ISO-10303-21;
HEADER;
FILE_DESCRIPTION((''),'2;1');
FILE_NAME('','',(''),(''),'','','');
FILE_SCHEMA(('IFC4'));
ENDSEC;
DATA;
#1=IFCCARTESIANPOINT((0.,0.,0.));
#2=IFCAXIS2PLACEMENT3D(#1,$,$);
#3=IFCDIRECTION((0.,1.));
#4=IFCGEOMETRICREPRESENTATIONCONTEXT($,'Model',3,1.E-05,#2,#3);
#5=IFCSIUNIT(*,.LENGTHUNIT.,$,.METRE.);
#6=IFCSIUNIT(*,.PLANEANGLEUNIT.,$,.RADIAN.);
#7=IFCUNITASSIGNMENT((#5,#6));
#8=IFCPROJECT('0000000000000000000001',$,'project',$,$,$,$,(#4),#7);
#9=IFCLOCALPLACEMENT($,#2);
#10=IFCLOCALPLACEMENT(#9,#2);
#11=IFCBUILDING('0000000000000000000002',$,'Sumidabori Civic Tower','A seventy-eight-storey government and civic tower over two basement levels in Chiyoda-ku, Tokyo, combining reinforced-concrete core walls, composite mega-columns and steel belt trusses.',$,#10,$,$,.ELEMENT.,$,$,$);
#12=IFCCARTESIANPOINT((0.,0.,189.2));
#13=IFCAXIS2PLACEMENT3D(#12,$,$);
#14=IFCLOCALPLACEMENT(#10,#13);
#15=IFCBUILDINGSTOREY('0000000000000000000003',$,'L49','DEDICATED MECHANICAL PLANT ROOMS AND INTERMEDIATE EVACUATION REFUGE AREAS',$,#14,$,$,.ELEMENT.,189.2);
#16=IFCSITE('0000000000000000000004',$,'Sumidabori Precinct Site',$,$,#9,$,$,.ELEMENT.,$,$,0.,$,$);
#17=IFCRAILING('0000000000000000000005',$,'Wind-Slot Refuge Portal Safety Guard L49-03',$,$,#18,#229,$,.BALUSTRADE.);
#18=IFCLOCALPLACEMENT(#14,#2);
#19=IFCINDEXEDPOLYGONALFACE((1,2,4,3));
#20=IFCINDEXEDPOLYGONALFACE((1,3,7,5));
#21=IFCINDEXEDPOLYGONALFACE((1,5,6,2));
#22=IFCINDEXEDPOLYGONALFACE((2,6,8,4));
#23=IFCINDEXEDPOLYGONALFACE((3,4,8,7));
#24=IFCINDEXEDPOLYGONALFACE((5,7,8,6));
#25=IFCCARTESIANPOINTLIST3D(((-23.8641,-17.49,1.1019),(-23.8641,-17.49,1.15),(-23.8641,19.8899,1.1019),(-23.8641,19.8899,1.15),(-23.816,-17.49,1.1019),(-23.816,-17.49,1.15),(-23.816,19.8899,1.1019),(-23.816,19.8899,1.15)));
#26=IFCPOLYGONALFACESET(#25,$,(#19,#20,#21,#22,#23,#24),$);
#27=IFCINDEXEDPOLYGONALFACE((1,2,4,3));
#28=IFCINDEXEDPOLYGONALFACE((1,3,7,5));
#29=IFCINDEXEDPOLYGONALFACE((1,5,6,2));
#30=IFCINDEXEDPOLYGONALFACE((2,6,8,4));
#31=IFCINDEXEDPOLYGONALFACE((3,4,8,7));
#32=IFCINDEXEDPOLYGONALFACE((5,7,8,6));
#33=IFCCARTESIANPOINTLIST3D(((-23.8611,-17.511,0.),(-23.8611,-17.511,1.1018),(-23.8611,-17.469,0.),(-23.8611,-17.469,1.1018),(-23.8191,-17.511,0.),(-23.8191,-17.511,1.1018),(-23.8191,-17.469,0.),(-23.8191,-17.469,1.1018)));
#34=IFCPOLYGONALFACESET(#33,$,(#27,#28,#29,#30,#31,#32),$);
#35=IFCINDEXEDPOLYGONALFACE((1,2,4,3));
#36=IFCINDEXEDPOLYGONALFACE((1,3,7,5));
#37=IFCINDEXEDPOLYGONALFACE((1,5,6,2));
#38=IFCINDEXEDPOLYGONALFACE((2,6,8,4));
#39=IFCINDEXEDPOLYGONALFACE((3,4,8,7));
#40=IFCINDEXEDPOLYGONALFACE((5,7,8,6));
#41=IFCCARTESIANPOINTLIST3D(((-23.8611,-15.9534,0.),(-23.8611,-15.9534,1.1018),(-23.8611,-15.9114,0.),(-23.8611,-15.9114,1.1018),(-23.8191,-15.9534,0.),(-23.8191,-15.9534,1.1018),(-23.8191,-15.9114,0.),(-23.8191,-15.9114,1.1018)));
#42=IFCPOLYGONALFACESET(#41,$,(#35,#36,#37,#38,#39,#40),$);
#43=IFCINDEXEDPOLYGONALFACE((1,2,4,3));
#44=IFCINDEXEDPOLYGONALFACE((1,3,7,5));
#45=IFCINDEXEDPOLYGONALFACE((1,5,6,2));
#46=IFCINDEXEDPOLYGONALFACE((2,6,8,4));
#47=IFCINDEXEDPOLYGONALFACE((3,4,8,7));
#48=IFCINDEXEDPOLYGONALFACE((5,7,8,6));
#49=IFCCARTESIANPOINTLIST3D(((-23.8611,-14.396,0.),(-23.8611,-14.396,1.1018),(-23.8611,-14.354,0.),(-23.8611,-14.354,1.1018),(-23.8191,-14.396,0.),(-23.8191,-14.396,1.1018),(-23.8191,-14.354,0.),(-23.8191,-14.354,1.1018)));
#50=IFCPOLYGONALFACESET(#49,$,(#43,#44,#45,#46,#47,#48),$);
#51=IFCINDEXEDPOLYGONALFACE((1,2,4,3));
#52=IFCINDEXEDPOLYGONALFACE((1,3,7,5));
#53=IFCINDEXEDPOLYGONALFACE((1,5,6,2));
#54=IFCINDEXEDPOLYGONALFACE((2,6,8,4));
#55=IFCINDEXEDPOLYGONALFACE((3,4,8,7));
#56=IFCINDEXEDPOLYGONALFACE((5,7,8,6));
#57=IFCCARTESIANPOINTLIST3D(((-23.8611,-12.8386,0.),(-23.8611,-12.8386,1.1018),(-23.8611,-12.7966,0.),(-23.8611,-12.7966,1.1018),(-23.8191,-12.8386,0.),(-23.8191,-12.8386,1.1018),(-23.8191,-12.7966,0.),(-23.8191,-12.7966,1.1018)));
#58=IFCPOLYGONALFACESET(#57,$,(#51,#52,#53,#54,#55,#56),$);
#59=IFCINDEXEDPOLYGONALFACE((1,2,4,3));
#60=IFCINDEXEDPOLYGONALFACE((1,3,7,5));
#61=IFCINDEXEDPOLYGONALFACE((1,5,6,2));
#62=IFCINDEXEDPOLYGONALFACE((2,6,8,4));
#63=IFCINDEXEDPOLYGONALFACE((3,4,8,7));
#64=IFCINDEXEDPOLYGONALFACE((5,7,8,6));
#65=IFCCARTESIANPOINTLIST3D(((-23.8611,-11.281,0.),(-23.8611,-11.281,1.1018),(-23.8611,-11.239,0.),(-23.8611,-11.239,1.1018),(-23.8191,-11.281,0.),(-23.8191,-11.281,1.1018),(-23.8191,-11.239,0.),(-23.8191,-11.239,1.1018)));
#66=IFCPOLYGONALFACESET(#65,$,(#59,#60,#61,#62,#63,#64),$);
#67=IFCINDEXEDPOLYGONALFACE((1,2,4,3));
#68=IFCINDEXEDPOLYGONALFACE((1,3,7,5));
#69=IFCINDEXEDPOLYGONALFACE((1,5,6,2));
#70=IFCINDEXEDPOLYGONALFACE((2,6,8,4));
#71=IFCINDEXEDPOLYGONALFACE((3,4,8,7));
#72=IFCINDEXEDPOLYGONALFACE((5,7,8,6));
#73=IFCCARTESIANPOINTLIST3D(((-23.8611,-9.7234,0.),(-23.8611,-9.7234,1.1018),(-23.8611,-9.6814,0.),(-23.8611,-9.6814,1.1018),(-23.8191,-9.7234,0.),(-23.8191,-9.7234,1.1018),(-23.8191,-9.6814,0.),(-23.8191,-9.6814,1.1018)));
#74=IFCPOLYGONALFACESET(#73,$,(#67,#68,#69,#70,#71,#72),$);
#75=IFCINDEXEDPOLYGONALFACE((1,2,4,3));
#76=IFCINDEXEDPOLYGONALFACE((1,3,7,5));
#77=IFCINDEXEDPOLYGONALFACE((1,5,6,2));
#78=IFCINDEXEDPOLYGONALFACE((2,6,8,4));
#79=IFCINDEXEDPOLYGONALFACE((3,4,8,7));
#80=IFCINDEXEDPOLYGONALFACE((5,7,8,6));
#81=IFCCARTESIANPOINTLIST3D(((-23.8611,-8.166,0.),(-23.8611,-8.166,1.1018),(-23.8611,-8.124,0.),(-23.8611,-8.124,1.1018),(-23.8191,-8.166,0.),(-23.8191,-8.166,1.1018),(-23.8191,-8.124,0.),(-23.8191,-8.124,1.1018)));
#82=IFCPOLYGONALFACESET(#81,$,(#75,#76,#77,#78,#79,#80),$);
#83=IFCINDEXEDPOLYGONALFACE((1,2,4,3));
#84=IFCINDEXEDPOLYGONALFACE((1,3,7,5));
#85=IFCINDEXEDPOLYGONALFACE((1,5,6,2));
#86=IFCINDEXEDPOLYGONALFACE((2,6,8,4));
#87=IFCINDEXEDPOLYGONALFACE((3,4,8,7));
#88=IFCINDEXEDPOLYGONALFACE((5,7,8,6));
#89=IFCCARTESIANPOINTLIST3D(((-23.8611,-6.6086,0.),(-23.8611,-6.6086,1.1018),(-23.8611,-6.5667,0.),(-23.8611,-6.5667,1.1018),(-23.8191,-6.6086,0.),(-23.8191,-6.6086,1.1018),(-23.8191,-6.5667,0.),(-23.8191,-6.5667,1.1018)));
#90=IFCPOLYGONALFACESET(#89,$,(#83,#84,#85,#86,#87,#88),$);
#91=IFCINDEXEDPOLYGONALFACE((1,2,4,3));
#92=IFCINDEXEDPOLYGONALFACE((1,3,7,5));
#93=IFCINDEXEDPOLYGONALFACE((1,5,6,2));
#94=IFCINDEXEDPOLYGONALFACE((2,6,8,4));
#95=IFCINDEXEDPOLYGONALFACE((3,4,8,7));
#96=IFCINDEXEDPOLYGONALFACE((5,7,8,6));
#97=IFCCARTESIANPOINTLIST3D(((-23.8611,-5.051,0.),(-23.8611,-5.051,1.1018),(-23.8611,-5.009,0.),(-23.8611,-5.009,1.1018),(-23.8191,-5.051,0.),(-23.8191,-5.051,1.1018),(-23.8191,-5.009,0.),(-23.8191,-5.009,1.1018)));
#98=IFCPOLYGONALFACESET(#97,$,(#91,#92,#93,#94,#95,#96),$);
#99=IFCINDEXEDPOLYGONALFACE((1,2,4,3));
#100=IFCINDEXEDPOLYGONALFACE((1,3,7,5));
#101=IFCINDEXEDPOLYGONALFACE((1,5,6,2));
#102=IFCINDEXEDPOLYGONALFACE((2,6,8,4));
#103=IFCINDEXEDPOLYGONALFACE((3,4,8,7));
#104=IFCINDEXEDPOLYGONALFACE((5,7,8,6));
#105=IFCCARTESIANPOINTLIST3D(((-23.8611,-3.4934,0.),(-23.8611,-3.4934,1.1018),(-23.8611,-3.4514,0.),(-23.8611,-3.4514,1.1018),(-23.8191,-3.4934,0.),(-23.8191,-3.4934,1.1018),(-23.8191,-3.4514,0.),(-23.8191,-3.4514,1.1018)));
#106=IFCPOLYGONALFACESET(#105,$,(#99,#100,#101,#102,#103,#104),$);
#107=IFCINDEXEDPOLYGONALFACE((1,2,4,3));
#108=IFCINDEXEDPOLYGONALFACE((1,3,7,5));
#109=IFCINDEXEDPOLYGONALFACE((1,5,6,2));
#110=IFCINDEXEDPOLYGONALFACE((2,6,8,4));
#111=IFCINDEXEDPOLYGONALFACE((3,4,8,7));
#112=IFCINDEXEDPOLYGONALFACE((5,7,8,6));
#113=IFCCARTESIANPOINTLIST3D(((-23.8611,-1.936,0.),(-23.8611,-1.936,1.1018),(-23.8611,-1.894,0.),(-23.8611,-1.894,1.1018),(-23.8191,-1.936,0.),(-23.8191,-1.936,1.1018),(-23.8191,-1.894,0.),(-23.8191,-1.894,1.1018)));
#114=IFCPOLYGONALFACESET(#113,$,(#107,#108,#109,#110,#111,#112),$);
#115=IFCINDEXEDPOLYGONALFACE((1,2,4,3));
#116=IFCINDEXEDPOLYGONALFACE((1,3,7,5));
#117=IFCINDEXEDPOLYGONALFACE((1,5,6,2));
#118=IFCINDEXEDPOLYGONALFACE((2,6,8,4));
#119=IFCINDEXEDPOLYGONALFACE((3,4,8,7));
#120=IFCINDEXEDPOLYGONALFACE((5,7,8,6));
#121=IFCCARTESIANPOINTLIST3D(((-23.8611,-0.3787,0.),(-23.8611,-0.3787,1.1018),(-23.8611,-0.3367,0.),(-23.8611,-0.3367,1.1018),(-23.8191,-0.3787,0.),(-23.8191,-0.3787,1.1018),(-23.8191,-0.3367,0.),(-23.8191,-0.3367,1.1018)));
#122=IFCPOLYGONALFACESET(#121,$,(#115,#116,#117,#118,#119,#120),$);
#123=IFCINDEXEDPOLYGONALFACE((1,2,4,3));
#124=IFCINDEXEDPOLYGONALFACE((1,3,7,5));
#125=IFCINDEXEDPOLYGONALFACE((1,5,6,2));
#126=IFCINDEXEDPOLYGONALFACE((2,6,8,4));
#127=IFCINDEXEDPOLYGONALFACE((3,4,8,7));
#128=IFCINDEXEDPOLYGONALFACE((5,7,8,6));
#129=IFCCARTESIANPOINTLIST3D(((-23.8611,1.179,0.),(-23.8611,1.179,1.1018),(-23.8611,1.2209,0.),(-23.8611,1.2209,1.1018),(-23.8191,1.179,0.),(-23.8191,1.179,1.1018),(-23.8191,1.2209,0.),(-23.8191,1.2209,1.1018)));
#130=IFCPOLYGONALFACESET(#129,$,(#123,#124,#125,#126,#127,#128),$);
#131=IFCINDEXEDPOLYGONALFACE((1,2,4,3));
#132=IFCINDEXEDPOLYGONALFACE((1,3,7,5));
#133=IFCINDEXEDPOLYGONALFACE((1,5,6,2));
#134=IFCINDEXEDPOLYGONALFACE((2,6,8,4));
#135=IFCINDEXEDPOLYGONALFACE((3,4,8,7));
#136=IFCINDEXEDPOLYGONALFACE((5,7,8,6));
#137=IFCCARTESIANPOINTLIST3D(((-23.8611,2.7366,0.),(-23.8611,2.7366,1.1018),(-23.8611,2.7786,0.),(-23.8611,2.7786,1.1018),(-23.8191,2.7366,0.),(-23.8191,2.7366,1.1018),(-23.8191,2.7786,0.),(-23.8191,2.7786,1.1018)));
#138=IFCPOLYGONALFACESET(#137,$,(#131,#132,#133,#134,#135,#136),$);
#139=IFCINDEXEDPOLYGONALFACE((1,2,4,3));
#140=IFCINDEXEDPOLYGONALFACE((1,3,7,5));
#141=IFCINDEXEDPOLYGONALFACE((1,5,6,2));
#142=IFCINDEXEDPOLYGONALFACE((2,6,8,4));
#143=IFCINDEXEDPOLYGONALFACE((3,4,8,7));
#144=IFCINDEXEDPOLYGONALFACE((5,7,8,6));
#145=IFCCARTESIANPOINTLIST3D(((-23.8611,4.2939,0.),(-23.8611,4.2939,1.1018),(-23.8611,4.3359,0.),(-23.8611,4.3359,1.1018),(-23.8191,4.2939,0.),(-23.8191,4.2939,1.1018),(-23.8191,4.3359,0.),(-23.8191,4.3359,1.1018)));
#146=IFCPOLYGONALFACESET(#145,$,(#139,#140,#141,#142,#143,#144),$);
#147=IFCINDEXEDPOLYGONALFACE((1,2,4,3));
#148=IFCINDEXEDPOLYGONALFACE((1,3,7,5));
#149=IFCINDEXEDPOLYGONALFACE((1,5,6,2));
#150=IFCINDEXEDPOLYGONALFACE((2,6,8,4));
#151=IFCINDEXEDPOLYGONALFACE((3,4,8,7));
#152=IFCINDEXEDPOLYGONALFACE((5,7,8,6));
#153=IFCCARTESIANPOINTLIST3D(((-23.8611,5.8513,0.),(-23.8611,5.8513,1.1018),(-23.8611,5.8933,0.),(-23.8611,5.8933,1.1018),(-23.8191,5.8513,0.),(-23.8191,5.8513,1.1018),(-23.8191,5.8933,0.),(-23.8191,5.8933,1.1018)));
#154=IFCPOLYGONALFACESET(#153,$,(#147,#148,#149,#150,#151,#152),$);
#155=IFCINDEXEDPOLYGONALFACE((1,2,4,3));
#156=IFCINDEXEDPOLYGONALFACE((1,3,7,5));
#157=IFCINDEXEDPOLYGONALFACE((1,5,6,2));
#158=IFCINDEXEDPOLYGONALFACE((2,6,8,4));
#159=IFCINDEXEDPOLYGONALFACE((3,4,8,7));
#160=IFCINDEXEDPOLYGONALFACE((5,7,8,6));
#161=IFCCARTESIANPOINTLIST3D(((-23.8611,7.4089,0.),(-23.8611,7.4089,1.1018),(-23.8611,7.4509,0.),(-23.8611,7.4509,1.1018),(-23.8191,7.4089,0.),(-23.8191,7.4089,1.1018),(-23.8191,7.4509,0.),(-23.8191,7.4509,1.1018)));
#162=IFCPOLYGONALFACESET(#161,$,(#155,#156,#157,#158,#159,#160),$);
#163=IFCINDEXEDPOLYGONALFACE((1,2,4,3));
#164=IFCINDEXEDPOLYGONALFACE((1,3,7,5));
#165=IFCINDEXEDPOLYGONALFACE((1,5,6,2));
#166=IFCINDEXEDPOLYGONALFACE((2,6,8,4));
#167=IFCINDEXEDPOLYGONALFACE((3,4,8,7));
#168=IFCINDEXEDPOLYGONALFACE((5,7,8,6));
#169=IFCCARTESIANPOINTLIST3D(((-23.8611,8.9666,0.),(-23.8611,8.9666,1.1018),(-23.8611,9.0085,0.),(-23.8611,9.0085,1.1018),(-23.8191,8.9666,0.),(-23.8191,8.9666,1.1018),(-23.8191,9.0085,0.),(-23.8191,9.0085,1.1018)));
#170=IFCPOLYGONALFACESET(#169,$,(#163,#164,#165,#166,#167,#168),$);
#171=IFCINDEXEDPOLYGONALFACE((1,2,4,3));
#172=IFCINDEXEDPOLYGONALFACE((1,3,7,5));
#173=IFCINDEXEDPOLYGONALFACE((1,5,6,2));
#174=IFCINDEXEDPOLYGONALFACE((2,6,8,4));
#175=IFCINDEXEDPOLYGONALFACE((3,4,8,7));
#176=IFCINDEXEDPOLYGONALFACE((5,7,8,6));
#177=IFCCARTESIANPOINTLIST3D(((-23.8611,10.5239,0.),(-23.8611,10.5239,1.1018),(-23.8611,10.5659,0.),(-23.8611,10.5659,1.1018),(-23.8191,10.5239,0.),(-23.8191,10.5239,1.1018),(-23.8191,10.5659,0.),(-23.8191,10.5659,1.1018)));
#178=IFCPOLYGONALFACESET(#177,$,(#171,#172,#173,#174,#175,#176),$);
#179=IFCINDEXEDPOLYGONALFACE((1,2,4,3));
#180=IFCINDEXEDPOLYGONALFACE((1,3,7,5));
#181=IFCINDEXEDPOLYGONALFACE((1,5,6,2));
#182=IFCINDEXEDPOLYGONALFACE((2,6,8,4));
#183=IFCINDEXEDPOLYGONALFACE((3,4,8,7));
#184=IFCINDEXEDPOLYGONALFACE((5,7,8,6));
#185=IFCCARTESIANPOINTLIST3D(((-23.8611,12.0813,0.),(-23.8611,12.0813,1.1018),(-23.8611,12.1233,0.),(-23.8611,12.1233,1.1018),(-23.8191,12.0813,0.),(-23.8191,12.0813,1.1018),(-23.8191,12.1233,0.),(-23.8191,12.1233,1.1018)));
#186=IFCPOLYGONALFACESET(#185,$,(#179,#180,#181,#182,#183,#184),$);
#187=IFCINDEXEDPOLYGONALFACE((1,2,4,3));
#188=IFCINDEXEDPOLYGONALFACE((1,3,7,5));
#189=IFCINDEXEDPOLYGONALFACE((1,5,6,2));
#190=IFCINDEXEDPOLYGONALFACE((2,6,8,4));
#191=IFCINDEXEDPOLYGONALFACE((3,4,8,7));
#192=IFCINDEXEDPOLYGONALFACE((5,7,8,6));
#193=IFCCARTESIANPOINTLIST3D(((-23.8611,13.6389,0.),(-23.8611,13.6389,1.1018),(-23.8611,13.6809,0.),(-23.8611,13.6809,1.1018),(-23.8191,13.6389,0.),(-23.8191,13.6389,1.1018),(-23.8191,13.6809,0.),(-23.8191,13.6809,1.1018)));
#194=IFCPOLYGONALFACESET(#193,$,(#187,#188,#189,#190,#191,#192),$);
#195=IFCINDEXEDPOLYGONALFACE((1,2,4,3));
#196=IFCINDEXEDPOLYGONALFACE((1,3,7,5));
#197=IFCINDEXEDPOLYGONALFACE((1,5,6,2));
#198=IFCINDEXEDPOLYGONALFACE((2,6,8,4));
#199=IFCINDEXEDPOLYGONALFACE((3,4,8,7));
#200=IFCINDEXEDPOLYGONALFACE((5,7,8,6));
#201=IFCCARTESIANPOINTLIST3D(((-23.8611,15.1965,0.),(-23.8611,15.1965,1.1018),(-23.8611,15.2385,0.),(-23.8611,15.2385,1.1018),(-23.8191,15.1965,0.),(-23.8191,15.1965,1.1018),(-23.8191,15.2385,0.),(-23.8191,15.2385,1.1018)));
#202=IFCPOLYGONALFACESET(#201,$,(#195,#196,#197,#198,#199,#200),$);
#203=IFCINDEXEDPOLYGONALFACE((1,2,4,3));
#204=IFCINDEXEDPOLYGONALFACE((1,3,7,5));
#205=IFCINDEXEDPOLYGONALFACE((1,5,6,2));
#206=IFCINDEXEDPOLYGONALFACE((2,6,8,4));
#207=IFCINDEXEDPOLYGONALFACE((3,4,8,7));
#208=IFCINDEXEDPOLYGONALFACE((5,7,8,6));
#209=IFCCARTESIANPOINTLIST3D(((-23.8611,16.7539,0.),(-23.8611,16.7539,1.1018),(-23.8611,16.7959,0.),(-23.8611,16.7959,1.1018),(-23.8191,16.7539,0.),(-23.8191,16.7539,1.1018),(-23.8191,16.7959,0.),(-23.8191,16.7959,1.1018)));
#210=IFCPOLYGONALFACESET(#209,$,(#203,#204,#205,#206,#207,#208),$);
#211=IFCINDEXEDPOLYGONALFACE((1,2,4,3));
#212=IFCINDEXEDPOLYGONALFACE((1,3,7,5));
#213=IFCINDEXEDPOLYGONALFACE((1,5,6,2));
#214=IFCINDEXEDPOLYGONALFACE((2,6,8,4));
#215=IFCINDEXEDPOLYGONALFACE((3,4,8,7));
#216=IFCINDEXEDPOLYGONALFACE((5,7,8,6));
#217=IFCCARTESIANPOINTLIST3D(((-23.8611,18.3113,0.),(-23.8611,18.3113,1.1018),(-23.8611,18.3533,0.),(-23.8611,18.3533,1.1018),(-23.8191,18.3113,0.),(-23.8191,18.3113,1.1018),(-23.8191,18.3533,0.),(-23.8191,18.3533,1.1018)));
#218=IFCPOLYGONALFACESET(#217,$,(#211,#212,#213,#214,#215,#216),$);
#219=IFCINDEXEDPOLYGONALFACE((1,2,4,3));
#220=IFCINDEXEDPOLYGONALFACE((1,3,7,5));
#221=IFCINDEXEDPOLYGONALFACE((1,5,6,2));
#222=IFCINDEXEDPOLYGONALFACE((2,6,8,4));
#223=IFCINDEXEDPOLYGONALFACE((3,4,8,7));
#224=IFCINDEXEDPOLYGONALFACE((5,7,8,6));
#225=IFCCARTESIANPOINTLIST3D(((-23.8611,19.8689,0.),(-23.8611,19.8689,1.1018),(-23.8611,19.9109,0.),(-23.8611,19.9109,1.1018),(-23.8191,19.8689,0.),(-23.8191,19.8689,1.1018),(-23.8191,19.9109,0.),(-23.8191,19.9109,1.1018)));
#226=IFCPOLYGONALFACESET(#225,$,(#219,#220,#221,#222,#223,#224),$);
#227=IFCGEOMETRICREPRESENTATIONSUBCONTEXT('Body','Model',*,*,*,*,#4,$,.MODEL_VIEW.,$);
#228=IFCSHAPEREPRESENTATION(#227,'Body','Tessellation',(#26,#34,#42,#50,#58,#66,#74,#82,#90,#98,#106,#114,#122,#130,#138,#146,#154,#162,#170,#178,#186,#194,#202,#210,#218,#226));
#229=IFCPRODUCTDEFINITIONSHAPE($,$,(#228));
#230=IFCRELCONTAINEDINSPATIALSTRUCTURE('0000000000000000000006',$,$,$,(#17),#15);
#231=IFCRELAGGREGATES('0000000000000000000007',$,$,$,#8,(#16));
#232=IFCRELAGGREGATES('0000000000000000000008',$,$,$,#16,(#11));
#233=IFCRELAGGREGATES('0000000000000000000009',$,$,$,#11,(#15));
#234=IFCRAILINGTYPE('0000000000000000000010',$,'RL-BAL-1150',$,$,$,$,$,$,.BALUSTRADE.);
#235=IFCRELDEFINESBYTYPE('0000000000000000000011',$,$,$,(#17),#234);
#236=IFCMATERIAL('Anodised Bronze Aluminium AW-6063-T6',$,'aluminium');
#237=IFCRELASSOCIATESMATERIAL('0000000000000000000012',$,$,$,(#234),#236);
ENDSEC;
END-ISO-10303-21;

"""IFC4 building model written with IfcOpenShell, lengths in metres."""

from ifc_helpers import new_model, si_unit, direction, frame, origin, origin_2d, place, context, subcontext, project, spatial, rectangle, extrude, material, type_object, element, save


model = new_model("IFC4")

# Units and contexts
model_context = context("Model", 3, precision=1e-05, world=origin(), true_north=direction((0.0, 1.0)))
body_context = subcontext(model_context, "Body", "Model", "MODEL_VIEW")
ifc_project = project(units=[si_unit("LENGTHUNIT", "METRE"), si_unit("PLANEANGLEUNIT", "RADIAN")], contexts=[model_context])

# Site, building, storey
site_placement = place(None, origin())
site = spatial("IfcSite", under=ifc_project, at=site_placement, Name="Sumidabori Precinct Site", CompositionType="ELEMENT", RefElevation=0.0)
building_placement = place(site_placement, origin())
building = spatial("IfcBuilding", under=site, at=building_placement, Name="Sumidabori Civic Tower", Description="A seventy-eight-storey government and civic tower over two basement levels in Chiyoda-ku, Tokyo, combining reinforced-concrete core walls, composite mega-columns and steel belt trusses.", CompositionType="ELEMENT")
storey_placement = place(building_placement, frame((0.0, 0.0, 189.2)))
storey = spatial("IfcBuildingStorey", under=building, at=storey_placement, Name="L49", Description="DEDICATED MECHANICAL PLANT ROOMS AND INTERMEDIATE EVACUATION REFUGE AREAS", CompositionType="ELEMENT", Elevation=189.2)

# Railing
ifc_material_1 = material(Name="Anodised Bronze Aluminium AW-6063-T6", Category="aluminium")
railing_type = type_object("IfcRailingType", Name="RL-BAL-1150", PredefinedType="BALUSTRADE", material=ifc_material_1)
railing_1_placement = place(storey_placement, frame((-23.8401, -17.49, 0.0)))
element("IfcRailing", 1, at=railing_1_placement, inside=storey, type_object=railing_type, Name="Wind-Slot Refuge Portal Safety Guard L49-03", PredefinedType="BALUSTRADE", context=body_context, shape_type="SweptSolid", body=[
    extrude(rectangle(XDim=0.0481, YDim=0.0481, at=origin_2d()), frame((0.0, 0.0, 1.126), z_axis=(0.0, 1.0, 0.0), x_axis=(-1.0, 0.0, 0.0)), (0.0, 0.0, 1.0), 37.3799),
    extrude(rectangle(XDim=0.042, YDim=0.042, at=origin_2d()), origin(), (0.0, 0.0, 1.0), 1.1018),
    extrude(rectangle(XDim=0.042, YDim=0.042, at=origin_2d()), frame((0.0, 1.5576, 0.0)), (0.0, 0.0, 1.0), 1.1018),
    extrude(rectangle(XDim=0.042, YDim=0.042, at=origin_2d()), frame((0.0, 3.115, 0.0)), (0.0, 0.0, 1.0), 1.1018),
    extrude(rectangle(XDim=0.042, YDim=0.042, at=origin_2d()), frame((0.0, 4.6724, 0.0)), (0.0, 0.0, 1.0), 1.1018),
    extrude(rectangle(XDim=0.042, YDim=0.042, at=origin_2d()), frame((0.0, 6.23, 0.0)), (0.0, 0.0, 1.0), 1.1018),
    extrude(rectangle(XDim=0.042, YDim=0.042, at=origin_2d()), frame((0.0, 7.7876, 0.0)), (0.0, 0.0, 1.0), 1.1018),
    extrude(rectangle(XDim=0.042, YDim=0.042, at=origin_2d()), frame((0.0, 9.345, 0.0)), (0.0, 0.0, 1.0), 1.1018),
    extrude(rectangle(XDim=0.042, YDim=0.042, at=origin_2d()), frame((0.0, 10.9023, 0.0)), (0.0, 0.0, 1.0), 1.1018),
    extrude(rectangle(XDim=0.042, YDim=0.042, at=origin_2d()), frame((0.0, 12.46, 0.0)), (0.0, 0.0, 1.0), 1.1018),
    extrude(rectangle(XDim=0.042, YDim=0.042, at=origin_2d()), frame((0.0, 14.0176, 0.0)), (0.0, 0.0, 1.0), 1.1018),
    extrude(rectangle(XDim=0.042, YDim=0.042, at=origin_2d()), frame((0.0, 15.575, 0.0)), (0.0, 0.0, 1.0), 1.1018),
    extrude(rectangle(XDim=0.042, YDim=0.042, at=origin_2d()), frame((0.0, 17.1323, 0.0)), (0.0, 0.0, 1.0), 1.1018),
    extrude(rectangle(XDim=0.042, YDim=0.042, at=origin_2d()), frame((0.0, 18.6899, 0.0)), (0.0, 0.0, 1.0), 1.1018),
    extrude(rectangle(XDim=0.042, YDim=0.042, at=origin_2d()), frame((0.0, 20.2476, 0.0)), (0.0, 0.0, 1.0), 1.1018),
    extrude(rectangle(XDim=0.042, YDim=0.042, at=origin_2d()), frame((0.0, 21.8049, 0.0)), (0.0, 0.0, 1.0), 1.1018),
    extrude(rectangle(XDim=0.042, YDim=0.042, at=origin_2d()), frame((0.0, 23.3623, 0.0)), (0.0, 0.0, 1.0), 1.1018),
    extrude(rectangle(XDim=0.042, YDim=0.042, at=origin_2d()), frame((0.0, 24.9199, 0.0)), (0.0, 0.0, 1.0), 1.1018),
    extrude(rectangle(XDim=0.042, YDim=0.042, at=origin_2d()), frame((0.0, 26.4775, 0.0)), (0.0, 0.0, 1.0), 1.1018),
    extrude(rectangle(XDim=0.042, YDim=0.042, at=origin_2d()), frame((0.0, 28.0349, 0.0)), (0.0, 0.0, 1.0), 1.1018),
    extrude(rectangle(XDim=0.042, YDim=0.042, at=origin_2d()), frame((0.0, 29.5923, 0.0)), (0.0, 0.0, 1.0), 1.1018),
    extrude(rectangle(XDim=0.042, YDim=0.042, at=origin_2d()), frame((0.0, 31.1499, 0.0)), (0.0, 0.0, 1.0), 1.1018),
    extrude(rectangle(XDim=0.042, YDim=0.042, at=origin_2d()), frame((0.0, 32.7075, 0.0)), (0.0, 0.0, 1.0), 1.1018),
    extrude(rectangle(XDim=0.042, YDim=0.042, at=origin_2d()), frame((0.0, 34.2649, 0.0)), (0.0, 0.0, 1.0), 1.1018),
    extrude(rectangle(XDim=0.042, YDim=0.042, at=origin_2d()), frame((0.0, 35.8223, 0.0)), (0.0, 0.0, 1.0), 1.1018),
    extrude(rectangle(XDim=0.042, YDim=0.042, at=origin_2d()), frame((0.0, 37.3799, 0.0)), (0.0, 0.0, 1.0), 1.1018),
])

save(model, "model.ifc")
